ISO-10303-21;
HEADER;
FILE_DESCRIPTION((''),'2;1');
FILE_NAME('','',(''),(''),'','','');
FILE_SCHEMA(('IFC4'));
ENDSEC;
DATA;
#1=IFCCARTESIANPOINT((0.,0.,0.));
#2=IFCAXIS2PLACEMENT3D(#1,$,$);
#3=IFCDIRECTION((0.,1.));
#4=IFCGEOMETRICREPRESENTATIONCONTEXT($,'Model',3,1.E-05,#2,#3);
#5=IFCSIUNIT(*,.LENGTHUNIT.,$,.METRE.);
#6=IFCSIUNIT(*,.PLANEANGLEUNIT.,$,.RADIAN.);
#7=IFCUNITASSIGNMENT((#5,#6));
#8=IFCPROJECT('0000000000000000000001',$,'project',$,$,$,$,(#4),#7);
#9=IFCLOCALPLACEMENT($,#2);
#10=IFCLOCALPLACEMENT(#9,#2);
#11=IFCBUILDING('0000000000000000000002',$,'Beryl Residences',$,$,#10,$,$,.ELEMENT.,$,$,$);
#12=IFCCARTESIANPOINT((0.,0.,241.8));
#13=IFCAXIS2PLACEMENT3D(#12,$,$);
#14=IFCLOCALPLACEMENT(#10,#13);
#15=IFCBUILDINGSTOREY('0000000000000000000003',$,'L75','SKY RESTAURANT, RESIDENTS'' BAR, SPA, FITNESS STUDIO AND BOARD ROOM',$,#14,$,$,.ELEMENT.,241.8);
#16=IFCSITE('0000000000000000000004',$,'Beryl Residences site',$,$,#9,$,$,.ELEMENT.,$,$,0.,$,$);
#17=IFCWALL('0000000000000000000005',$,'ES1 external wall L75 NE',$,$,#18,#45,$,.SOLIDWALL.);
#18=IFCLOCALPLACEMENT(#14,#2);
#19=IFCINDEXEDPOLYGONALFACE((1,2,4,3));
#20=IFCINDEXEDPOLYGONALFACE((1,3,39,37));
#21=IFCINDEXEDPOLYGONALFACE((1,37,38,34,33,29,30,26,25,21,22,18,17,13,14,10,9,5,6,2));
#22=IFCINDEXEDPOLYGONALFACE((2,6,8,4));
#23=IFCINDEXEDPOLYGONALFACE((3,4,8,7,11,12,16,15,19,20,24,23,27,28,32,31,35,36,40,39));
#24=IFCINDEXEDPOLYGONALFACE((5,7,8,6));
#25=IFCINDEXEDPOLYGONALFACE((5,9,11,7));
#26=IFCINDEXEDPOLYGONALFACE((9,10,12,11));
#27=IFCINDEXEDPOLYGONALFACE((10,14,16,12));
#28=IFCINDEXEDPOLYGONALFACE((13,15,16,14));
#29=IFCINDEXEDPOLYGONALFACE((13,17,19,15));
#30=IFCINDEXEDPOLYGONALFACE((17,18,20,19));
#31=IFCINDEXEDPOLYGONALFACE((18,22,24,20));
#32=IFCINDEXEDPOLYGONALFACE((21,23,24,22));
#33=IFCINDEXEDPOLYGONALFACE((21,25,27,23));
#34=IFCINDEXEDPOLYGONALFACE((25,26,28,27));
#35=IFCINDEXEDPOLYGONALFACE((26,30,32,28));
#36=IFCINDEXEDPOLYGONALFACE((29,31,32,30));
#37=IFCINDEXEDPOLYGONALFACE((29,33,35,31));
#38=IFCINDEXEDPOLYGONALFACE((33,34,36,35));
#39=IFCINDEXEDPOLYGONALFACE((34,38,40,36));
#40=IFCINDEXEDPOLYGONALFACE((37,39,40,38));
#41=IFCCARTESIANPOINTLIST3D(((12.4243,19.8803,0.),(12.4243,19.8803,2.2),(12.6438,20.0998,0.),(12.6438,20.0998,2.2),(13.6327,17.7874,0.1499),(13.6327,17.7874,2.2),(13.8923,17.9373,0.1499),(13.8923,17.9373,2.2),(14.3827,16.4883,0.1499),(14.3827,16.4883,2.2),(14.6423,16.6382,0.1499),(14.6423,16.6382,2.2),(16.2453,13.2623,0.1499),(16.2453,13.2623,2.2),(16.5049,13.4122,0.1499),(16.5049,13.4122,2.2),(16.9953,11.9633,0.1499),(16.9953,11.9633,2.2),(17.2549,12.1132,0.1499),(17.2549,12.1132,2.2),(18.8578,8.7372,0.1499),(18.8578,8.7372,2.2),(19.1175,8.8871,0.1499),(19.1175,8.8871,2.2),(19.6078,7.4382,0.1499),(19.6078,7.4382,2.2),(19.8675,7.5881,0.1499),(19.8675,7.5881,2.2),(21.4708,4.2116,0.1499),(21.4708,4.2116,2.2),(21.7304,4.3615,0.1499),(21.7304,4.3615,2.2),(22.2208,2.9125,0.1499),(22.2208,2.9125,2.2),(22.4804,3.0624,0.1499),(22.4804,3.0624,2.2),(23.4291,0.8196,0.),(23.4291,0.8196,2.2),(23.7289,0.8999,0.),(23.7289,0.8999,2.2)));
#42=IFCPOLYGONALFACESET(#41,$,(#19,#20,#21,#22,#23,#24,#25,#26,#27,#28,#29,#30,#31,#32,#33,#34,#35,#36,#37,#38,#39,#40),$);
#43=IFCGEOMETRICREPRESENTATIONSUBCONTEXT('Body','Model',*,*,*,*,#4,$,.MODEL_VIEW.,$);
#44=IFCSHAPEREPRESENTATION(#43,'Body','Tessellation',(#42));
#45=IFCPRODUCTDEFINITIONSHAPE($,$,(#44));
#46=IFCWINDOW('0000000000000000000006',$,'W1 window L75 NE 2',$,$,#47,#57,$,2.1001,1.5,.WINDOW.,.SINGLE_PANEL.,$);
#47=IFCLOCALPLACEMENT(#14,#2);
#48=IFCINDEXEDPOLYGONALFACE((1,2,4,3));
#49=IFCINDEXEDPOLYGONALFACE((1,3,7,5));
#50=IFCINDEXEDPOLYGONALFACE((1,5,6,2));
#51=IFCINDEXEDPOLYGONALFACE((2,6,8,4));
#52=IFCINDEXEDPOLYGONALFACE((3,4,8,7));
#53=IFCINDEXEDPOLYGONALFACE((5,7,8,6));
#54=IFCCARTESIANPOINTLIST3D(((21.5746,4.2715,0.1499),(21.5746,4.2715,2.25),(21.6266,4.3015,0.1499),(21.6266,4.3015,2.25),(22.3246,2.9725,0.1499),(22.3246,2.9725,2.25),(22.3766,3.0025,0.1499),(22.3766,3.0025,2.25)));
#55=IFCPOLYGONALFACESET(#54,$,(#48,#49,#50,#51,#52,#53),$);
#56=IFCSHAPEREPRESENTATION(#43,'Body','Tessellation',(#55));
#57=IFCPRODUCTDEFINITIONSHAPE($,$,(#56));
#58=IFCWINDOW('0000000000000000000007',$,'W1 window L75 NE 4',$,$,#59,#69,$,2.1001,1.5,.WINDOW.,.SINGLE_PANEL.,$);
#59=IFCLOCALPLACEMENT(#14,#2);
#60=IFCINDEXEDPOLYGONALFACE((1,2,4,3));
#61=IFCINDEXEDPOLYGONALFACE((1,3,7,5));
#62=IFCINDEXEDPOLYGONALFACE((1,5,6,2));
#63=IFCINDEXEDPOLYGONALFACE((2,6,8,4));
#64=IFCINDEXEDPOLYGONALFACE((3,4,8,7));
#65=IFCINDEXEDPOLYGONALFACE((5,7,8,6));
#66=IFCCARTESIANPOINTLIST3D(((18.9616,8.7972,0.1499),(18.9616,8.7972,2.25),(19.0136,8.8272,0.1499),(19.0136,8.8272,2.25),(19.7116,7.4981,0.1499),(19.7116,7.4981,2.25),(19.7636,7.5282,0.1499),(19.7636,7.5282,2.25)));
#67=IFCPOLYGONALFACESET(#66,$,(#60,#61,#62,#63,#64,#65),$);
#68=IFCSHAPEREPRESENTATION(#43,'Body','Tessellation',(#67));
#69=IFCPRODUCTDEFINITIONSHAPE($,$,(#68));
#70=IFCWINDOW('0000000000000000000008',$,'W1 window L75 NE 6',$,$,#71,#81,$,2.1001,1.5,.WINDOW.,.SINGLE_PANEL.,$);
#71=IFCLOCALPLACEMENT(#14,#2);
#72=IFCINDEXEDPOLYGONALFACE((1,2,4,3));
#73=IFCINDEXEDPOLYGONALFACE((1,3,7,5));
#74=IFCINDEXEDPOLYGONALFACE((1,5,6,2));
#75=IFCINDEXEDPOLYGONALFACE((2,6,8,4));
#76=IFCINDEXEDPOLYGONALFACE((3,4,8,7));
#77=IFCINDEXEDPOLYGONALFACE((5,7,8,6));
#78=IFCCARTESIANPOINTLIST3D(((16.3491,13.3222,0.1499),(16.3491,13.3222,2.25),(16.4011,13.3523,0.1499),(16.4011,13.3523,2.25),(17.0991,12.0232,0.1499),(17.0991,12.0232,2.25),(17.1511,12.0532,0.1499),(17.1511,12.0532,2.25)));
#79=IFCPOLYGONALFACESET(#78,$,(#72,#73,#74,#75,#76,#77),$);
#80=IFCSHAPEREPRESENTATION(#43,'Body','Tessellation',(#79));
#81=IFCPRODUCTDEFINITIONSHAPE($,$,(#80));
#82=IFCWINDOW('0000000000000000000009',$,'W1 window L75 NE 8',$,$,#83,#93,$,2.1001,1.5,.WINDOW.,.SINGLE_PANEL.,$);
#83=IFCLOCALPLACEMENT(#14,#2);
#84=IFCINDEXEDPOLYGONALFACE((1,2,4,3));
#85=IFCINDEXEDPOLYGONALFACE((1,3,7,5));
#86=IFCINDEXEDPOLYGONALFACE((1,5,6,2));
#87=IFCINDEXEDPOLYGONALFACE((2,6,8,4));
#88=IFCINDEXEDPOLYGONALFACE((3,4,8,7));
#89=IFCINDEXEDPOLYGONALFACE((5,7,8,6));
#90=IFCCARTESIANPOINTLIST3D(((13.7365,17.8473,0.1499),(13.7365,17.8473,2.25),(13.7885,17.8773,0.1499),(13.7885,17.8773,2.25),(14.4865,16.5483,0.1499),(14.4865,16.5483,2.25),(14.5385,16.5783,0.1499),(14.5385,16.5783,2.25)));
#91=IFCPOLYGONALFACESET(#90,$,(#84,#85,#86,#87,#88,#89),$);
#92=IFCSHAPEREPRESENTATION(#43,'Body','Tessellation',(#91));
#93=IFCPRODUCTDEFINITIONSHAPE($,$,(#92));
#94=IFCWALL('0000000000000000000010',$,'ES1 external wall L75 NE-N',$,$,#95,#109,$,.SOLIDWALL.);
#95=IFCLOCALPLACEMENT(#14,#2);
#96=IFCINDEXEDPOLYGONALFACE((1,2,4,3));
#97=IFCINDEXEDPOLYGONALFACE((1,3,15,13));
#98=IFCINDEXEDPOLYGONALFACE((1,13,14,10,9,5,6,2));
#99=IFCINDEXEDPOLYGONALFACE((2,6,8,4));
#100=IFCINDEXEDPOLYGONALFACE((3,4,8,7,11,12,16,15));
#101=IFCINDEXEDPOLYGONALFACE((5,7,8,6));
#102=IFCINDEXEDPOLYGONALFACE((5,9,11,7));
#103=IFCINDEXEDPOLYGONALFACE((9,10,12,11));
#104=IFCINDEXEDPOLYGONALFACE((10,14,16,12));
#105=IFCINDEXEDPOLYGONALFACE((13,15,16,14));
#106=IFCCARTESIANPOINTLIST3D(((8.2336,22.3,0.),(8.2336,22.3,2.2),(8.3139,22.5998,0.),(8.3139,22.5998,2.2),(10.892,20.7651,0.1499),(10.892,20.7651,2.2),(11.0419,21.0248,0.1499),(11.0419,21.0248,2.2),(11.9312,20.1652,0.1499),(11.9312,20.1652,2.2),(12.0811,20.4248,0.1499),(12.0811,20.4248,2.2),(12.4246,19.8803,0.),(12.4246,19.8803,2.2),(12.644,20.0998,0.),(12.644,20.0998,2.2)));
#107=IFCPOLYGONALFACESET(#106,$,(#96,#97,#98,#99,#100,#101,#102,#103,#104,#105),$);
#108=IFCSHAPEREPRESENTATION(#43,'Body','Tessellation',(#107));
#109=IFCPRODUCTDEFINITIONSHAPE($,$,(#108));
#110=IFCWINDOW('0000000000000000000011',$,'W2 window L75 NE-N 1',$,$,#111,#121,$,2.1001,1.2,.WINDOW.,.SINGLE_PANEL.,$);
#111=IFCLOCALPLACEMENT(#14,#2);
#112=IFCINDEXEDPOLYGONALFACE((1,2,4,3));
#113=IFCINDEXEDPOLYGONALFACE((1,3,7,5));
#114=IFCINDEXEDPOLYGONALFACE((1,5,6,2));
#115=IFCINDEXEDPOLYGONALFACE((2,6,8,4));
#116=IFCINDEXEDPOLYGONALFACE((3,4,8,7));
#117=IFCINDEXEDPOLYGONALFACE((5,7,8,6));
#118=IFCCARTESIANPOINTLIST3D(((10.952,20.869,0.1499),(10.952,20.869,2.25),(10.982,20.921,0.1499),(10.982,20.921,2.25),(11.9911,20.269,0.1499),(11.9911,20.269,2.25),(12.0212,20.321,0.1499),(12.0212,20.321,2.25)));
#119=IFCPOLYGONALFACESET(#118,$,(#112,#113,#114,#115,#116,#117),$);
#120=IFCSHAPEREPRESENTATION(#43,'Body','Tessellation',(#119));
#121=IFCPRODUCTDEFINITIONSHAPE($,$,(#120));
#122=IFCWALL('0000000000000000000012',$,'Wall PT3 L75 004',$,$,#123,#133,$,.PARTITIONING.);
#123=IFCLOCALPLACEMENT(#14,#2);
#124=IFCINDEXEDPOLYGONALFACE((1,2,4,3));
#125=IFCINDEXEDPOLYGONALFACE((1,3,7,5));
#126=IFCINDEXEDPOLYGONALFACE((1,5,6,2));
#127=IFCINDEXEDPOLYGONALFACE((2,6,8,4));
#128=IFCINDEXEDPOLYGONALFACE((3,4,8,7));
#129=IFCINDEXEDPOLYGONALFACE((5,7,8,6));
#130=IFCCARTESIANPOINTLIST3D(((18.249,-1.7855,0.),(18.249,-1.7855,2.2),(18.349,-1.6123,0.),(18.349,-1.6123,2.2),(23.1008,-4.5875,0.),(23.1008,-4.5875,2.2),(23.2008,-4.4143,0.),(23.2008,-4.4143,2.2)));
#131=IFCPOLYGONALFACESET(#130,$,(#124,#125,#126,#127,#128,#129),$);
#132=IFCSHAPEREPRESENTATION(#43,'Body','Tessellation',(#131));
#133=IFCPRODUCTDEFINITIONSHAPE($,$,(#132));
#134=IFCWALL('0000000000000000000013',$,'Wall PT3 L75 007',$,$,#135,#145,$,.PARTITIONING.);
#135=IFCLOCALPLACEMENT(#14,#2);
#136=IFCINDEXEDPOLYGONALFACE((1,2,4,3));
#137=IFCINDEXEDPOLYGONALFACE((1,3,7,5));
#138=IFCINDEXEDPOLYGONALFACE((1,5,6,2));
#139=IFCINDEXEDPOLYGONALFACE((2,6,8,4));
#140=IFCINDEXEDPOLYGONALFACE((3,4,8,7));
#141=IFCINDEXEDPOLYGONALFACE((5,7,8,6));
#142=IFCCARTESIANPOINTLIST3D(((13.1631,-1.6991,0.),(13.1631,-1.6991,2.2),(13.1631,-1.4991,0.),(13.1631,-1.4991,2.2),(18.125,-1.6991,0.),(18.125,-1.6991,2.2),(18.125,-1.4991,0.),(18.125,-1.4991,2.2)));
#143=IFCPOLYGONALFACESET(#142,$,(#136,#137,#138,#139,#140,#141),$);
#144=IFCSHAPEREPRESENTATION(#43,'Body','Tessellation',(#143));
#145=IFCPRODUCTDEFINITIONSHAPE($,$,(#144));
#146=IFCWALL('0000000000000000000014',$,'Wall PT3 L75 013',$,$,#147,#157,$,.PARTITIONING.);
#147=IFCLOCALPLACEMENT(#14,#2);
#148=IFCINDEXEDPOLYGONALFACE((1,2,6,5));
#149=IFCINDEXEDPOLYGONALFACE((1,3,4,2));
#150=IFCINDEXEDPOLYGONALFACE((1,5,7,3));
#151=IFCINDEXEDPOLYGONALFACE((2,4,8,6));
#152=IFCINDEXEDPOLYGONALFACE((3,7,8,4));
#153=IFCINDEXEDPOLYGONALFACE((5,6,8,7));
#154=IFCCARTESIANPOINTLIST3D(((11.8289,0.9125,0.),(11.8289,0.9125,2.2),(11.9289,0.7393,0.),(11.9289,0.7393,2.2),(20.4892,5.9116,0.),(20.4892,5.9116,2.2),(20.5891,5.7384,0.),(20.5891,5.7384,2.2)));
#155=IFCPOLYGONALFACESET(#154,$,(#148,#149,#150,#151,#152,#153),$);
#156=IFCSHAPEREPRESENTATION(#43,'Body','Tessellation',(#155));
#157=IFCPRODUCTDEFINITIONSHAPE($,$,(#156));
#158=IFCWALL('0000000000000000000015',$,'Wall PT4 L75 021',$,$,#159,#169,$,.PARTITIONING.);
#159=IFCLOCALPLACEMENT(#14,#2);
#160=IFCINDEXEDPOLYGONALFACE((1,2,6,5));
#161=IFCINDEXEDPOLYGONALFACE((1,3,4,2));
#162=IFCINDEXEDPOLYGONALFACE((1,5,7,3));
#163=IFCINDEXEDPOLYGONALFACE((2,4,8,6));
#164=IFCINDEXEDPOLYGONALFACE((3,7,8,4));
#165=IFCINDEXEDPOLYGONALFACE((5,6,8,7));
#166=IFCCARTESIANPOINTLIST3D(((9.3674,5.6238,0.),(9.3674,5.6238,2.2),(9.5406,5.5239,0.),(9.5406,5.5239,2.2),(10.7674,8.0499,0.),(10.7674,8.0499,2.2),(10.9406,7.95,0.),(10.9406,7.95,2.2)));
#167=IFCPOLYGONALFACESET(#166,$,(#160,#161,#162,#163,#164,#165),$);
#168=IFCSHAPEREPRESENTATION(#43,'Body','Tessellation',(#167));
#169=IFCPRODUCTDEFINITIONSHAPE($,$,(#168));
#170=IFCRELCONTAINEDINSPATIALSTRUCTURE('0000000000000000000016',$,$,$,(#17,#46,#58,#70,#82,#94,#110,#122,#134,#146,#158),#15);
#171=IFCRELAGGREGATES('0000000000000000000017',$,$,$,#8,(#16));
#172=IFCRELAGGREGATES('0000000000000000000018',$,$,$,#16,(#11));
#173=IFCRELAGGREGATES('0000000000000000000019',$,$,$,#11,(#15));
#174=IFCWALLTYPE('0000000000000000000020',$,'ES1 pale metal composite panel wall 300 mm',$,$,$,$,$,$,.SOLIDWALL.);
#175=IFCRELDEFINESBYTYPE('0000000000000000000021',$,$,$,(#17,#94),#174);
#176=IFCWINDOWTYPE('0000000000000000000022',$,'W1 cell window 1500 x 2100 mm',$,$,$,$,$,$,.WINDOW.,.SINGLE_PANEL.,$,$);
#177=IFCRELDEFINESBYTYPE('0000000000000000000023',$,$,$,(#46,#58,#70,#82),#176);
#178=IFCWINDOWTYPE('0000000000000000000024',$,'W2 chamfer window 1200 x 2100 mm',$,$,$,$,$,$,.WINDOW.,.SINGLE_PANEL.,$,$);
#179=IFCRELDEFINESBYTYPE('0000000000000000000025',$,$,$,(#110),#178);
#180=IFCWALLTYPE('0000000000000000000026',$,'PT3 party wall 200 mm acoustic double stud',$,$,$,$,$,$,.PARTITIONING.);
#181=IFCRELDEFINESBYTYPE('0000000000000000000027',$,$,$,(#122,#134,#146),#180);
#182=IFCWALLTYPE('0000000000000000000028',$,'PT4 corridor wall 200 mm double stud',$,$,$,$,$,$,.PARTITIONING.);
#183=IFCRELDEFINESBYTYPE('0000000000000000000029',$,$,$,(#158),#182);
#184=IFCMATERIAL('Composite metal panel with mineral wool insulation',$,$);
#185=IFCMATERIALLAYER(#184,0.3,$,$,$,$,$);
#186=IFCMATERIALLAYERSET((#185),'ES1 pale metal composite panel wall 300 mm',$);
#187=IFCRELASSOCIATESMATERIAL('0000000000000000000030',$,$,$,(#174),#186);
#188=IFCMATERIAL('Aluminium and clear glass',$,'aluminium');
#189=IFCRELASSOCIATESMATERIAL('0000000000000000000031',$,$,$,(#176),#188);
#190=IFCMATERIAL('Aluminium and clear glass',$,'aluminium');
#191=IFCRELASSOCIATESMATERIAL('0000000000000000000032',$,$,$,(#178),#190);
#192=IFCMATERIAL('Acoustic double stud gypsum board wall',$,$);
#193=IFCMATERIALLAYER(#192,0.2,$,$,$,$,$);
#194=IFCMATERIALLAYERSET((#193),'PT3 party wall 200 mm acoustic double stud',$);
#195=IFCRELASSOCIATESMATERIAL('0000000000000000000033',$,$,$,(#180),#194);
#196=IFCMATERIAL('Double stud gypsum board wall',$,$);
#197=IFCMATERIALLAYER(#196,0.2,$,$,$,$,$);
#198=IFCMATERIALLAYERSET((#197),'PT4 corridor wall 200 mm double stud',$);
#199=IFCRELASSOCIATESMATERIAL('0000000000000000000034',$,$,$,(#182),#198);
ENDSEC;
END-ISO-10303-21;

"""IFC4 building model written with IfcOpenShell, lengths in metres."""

from ifc_helpers import new_model, si_unit, direction, frame, frame_2d, origin, place, context, subcontext, project, spatial, polyline, rectangle, outline, extrude, material, layer, layer_set, type_object, element, fill, save


model = new_model("IFC4")

# Units and contexts
model_context = context("Model", 3, precision=1e-05, world=origin(), true_north=direction((0.0, 1.0)))
body_context = subcontext(model_context, "Body", "Model", "MODEL_VIEW")
ifc_project = project(units=[si_unit("LENGTHUNIT", "METRE"), si_unit("PLANEANGLEUNIT", "RADIAN")], contexts=[model_context])

# Site, building, storey
site_placement = place(None, origin())
site = spatial("IfcSite", under=ifc_project, at=site_placement, Name="Beryl Residences site", CompositionType="ELEMENT", RefElevation=0.0)
building_placement = place(site_placement, origin())
building = spatial("IfcBuilding", under=site, at=building_placement, Name="Beryl Residences", CompositionType="ELEMENT")
storey_placement = place(building_placement, frame((0.0, 0.0, 241.8)))
storey = spatial("IfcBuildingStorey", under=building, at=storey_placement, Name="L75", Description="SKY RESTAURANT, RESIDENTS' BAR, SPA, FITNESS STUDIO AND BOARD ROOM", CompositionType="ELEMENT", Elevation=241.8)

# Wall, openings, windows
ifc_material_1 = material(Name="Composite metal panel with mineral wool insulation")
ifc_layer_1 = layer(ifc_material_1, 0.3)
ifc_layer_set_1 = layer_set([ifc_layer_1], Name="ES1 pale metal composite panel wall 300 mm")
wall_type_1 = type_object("IfcWallType", Name="ES1 pale metal composite panel wall 300 mm", PredefinedType="SOLIDWALL", material=ifc_layer_set_1)
wall_1_placement = place(storey_placement, frame((23.5991, 0.825, 0.0), z_axis=(0.0, 0.0, 1.0), x_axis=(-0.500004, 0.866023, 0.0)))
wall_1 = element("IfcWall", 1, at=wall_1_placement, inside=storey, type_object=wall_type_1, Name="ES1 external wall L75 NE", PredefinedType="SOLIDWALL", context=body_context, shape_type="SweptSolid", body=[
    extrude(outline(polyline([(0.0, -0.1499), (22.1702, -0.1499), (22.0898, 0.1499), (0.0803, 0.1499), (0.0, -0.1499)])), origin(), (0.0, 0.0, 1.0), 2.2),
])
opening_1_placement = place(wall_1_placement, frame((2.4971, 0.0, 0.1499)))
opening_1 = element("IfcOpeningElement", 2, at=opening_1_placement, cuts=wall_1, PredefinedType="OPENING", context=body_context, shape_type="SweptSolid", body=[
    extrude(rectangle(XDim=1.5, YDim=2.1001, at=frame_2d((0.75, 1.05))), frame((0.0, 0.1599, 0.0), z_axis=(0.0, -1.0, 0.0), x_axis=(1.0, 0.0, 0.0)), (0.0, 0.0, 1.0), 0.3201),
])
opening_2_placement = place(wall_1_placement, frame((7.7229, 0.0, 0.1499)))
opening_2 = element("IfcOpeningElement", 3, at=opening_2_placement, cuts=wall_1, PredefinedType="OPENING", context=body_context, shape_type="SweptSolid", body=[
    extrude(rectangle(XDim=1.5, YDim=2.1001, at=frame_2d((0.75, 1.05))), frame((0.0, 0.1599, 0.0), z_axis=(0.0, -1.0, 0.0), x_axis=(1.0, 0.0, 0.0)), (0.0, 0.0, 1.0), 0.3201),
])
opening_3_placement = place(wall_1_placement, frame((12.948, 0.0, 0.1499)))
opening_3 = element("IfcOpeningElement", 4, at=opening_3_placement, cuts=wall_1, PredefinedType="OPENING", context=body_context, shape_type="SweptSolid", body=[
    extrude(rectangle(XDim=1.5, YDim=2.1001, at=frame_2d((0.75, 1.05))), frame((0.0, 0.1599, 0.0), z_axis=(0.0, -1.0, 0.0), x_axis=(1.0, 0.0, 0.0)), (0.0, 0.0, 1.0), 0.3201),
])
opening_4_placement = place(wall_1_placement, frame((18.1731, 0.0, 0.1499)))
opening_4 = element("IfcOpeningElement", 5, at=opening_4_placement, cuts=wall_1, PredefinedType="OPENING", context=body_context, shape_type="SweptSolid", body=[
    extrude(rectangle(XDim=1.5, YDim=2.1001, at=frame_2d((0.75, 1.05))), frame((0.0, 0.1599, 0.0), z_axis=(0.0, -1.0, 0.0), x_axis=(1.0, 0.0, 0.0)), (0.0, 0.0, 1.0), 0.3201),
])
ifc_material_2 = material(Name="Aluminium and clear glass", Category="aluminium")
window_type_1 = type_object("IfcWindowType", Name="W1 cell window 1500 x 2100 mm", PartitioningType="SINGLE_PANEL", PredefinedType="WINDOW", material=ifc_material_2)
window_1_placement = place(opening_1_placement, origin())
window_1 = element("IfcWindow", 6, at=window_1_placement, inside=storey, type_object=window_type_1, Name="W1 window L75 NE 2", OverallHeight=2.1001, OverallWidth=1.5, PartitioningType="SINGLE_PANEL", PredefinedType="WINDOW", context=body_context, shape_type="SweptSolid", body=[
    extrude(rectangle(XDim=1.5, YDim=2.1001, at=frame_2d((0.75, 1.05))), frame((0.0, 0.03, 0.0), z_axis=(0.0, -1.0, 0.0), x_axis=(1.0, 0.0, 0.0)), (0.0, 0.0, 1.0), 0.0601),
])
fill(opening_1, window_1)
window_2_placement = place(opening_2_placement, origin())
window_2 = element("IfcWindow", 7, at=window_2_placement, inside=storey, type_object=window_type_1, Name="W1 window L75 NE 4", OverallHeight=2.1001, OverallWidth=1.5, PartitioningType="SINGLE_PANEL", PredefinedType="WINDOW", context=body_context, shape_type="SweptSolid", body=[
    extrude(rectangle(XDim=1.5, YDim=2.1001, at=frame_2d((0.75, 1.05))), frame((0.0, 0.03, 0.0), z_axis=(0.0, -1.0, 0.0), x_axis=(1.0, 0.0, 0.0)), (0.0, 0.0, 1.0), 0.0601),
])
fill(opening_2, window_2)
window_3_placement = place(opening_3_placement, origin())
window_3 = element("IfcWindow", 8, at=window_3_placement, inside=storey, type_object=window_type_1, Name="W1 window L75 NE 6", OverallHeight=2.1001, OverallWidth=1.5, PartitioningType="SINGLE_PANEL", PredefinedType="WINDOW", context=body_context, shape_type="SweptSolid", body=[
    extrude(rectangle(XDim=1.5, YDim=2.1001, at=frame_2d((0.75, 1.05))), frame((0.0, 0.03, 0.0), z_axis=(0.0, -1.0, 0.0), x_axis=(1.0, 0.0, 0.0)), (0.0, 0.0, 1.0), 0.0601),
])
fill(opening_3, window_3)
window_4_placement = place(opening_4_placement, origin())
window_4 = element("IfcWindow", 9, at=window_4_placement, inside=storey, type_object=window_type_1, Name="W1 window L75 NE 8", OverallHeight=2.1001, OverallWidth=1.5, PartitioningType="SINGLE_PANEL", PredefinedType="WINDOW", context=body_context, shape_type="SweptSolid", body=[
    extrude(rectangle(XDim=1.5, YDim=2.1001, at=frame_2d((0.75, 1.05))), frame((0.0, 0.03, 0.0), z_axis=(0.0, -1.0, 0.0), x_axis=(1.0, 0.0, 0.0)), (0.0, 0.0, 1.0), 0.0601),
])
fill(opening_4, window_4)

# Wall, opening, window
wall_2_placement = place(storey_placement, frame((12.5691, 19.97, 0.0), z_axis=(0.0, 0.0, 1.0), x_axis=(-0.866023, 0.500004, 0.0)))
wall_2 = element("IfcWall", 10, at=wall_2_placement, inside=storey, type_object=wall_type_1, Name="ES1 external wall L75 NE-N", PredefinedType="SOLIDWALL", context=body_context, shape_type="SweptSolid", body=[
    extrude(outline(polyline([(0.0, -0.1499), (5.0, -0.1499), (4.9197, 0.1499), (0.0803, 0.1499), (0.0, -0.1499)])), origin(), (0.0, 0.0, 1.0), 2.2),
])
opening_5_placement = place(wall_2_placement, frame((0.6499, 0.0, 0.1499)))
opening_5 = element("IfcOpeningElement", 11, at=opening_5_placement, cuts=wall_2, PredefinedType="OPENING", context=body_context, shape_type="SweptSolid", body=[
    extrude(rectangle(XDim=1.2, YDim=2.1001, at=frame_2d((0.6001, 1.05))), frame((0.0, 0.1599, 0.0), z_axis=(0.0, -1.0, 0.0), x_axis=(1.0, 0.0, 0.0)), (0.0, 0.0, 1.0), 0.3201),
])
ifc_material_3 = material(Name="Aluminium and clear glass", Category="aluminium")
window_type_2 = type_object("IfcWindowType", Name="W2 chamfer window 1200 x 2100 mm", PartitioningType="SINGLE_PANEL", PredefinedType="WINDOW", material=ifc_material_3)
window_5_placement = place(opening_5_placement, origin())
window_5 = element("IfcWindow", 12, at=window_5_placement, inside=storey, type_object=window_type_2, Name="W2 window L75 NE-N 1", OverallHeight=2.1001, OverallWidth=1.2, PartitioningType="SINGLE_PANEL", PredefinedType="WINDOW", context=body_context, shape_type="SweptSolid", body=[
    extrude(rectangle(XDim=1.2, YDim=2.1001, at=frame_2d((0.6001, 1.05))), frame((0.0, 0.03, 0.0), z_axis=(0.0, -1.0, 0.0), x_axis=(1.0, 0.0, 0.0)), (0.0, 0.0, 1.0), 0.0601),
])
fill(opening_5, window_5)

# Walls
ifc_material_4 = material(Name="Acoustic double stud gypsum board wall")
ifc_layer_2 = layer(ifc_material_4, 0.2)
ifc_layer_set_2 = layer_set([ifc_layer_2], Name="PT3 party wall 200 mm acoustic double stud")
wall_type_2 = type_object("IfcWallType", Name="PT3 party wall 200 mm acoustic double stud", PredefinedType="PARTITIONING", material=ifc_layer_set_2)
wall_3_placement = place(storey_placement, frame((18.2991, -1.699, 0.0), z_axis=(0.0, 0.0, 1.0), x_axis=(0.865963, -0.500108, 0.0)))
element("IfcWall", 13, at=wall_3_placement, inside=storey, type_object=wall_type_2, Name="Wall PT3 L75 004", PredefinedType="PARTITIONING", context=body_context, shape_type="SweptSolid", body=[
    extrude(rectangle(XDim=5.6028, YDim=0.2, at=frame_2d((2.8013, 0.0))), origin(), (0.0, 0.0, 1.0), 2.2),
])
wall_4_placement = place(storey_placement, frame((13.1631, -1.5991, 0.0), z_axis=(0.0, 0.0, 1.0), x_axis=(1.0, 0.0, 0.0)))
element("IfcWall", 14, at=wall_4_placement, inside=storey, type_object=wall_type_2, Name="Wall PT3 L75 007", PredefinedType="PARTITIONING", context=body_context, shape_type="SweptSolid", body=[
    extrude(rectangle(XDim=4.9619, YDim=0.2, at=frame_2d((2.481, 0.0))), origin(), (0.0, 0.0, 1.0), 2.2),
])
wall_5_placement = place(storey_placement, frame((11.8789, 0.8259, 0.0), z_axis=(0.0, 0.0, 1.0), x_axis=(0.866065, 0.499931, 0.0)))
element("IfcWall", 15, at=wall_5_placement, inside=storey, type_object=wall_type_2, Name="Wall PT3 L75 013", PredefinedType="PARTITIONING", context=body_context, shape_type="SweptSolid", body=[
    extrude(rectangle(XDim=9.9995, YDim=0.2, at=frame_2d((4.9998, 0.0))), origin(), (0.0, 0.0, 1.0), 2.2),
])
ifc_material_5 = material(Name="Double stud gypsum board wall")
ifc_layer_3 = layer(ifc_material_5, 0.2)
ifc_layer_set_3 = layer_set([ifc_layer_3], Name="PT4 corridor wall 200 mm double stud")
wall_type_3 = type_object("IfcWallType", Name="PT4 corridor wall 200 mm double stud", PredefinedType="PARTITIONING", material=ifc_layer_set_3)
wall_6_placement = place(storey_placement, frame((9.4541, 5.574, 0.0), z_axis=(0.0, 0.0, 1.0), x_axis=(0.499795, 0.866144, 0.0)))
element("IfcWall", 16, at=wall_6_placement, inside=storey, type_object=wall_type_3, Name="Wall PT4 L75 021", PredefinedType="PARTITIONING", context=body_context, shape_type="SweptSolid", body=[
    extrude(rectangle(XDim=2.801, YDim=0.2, at=frame_2d((1.4004, 0.0))), origin(), (0.0, 0.0, 1.0), 2.2),
])

save(model, "model.ifc")
